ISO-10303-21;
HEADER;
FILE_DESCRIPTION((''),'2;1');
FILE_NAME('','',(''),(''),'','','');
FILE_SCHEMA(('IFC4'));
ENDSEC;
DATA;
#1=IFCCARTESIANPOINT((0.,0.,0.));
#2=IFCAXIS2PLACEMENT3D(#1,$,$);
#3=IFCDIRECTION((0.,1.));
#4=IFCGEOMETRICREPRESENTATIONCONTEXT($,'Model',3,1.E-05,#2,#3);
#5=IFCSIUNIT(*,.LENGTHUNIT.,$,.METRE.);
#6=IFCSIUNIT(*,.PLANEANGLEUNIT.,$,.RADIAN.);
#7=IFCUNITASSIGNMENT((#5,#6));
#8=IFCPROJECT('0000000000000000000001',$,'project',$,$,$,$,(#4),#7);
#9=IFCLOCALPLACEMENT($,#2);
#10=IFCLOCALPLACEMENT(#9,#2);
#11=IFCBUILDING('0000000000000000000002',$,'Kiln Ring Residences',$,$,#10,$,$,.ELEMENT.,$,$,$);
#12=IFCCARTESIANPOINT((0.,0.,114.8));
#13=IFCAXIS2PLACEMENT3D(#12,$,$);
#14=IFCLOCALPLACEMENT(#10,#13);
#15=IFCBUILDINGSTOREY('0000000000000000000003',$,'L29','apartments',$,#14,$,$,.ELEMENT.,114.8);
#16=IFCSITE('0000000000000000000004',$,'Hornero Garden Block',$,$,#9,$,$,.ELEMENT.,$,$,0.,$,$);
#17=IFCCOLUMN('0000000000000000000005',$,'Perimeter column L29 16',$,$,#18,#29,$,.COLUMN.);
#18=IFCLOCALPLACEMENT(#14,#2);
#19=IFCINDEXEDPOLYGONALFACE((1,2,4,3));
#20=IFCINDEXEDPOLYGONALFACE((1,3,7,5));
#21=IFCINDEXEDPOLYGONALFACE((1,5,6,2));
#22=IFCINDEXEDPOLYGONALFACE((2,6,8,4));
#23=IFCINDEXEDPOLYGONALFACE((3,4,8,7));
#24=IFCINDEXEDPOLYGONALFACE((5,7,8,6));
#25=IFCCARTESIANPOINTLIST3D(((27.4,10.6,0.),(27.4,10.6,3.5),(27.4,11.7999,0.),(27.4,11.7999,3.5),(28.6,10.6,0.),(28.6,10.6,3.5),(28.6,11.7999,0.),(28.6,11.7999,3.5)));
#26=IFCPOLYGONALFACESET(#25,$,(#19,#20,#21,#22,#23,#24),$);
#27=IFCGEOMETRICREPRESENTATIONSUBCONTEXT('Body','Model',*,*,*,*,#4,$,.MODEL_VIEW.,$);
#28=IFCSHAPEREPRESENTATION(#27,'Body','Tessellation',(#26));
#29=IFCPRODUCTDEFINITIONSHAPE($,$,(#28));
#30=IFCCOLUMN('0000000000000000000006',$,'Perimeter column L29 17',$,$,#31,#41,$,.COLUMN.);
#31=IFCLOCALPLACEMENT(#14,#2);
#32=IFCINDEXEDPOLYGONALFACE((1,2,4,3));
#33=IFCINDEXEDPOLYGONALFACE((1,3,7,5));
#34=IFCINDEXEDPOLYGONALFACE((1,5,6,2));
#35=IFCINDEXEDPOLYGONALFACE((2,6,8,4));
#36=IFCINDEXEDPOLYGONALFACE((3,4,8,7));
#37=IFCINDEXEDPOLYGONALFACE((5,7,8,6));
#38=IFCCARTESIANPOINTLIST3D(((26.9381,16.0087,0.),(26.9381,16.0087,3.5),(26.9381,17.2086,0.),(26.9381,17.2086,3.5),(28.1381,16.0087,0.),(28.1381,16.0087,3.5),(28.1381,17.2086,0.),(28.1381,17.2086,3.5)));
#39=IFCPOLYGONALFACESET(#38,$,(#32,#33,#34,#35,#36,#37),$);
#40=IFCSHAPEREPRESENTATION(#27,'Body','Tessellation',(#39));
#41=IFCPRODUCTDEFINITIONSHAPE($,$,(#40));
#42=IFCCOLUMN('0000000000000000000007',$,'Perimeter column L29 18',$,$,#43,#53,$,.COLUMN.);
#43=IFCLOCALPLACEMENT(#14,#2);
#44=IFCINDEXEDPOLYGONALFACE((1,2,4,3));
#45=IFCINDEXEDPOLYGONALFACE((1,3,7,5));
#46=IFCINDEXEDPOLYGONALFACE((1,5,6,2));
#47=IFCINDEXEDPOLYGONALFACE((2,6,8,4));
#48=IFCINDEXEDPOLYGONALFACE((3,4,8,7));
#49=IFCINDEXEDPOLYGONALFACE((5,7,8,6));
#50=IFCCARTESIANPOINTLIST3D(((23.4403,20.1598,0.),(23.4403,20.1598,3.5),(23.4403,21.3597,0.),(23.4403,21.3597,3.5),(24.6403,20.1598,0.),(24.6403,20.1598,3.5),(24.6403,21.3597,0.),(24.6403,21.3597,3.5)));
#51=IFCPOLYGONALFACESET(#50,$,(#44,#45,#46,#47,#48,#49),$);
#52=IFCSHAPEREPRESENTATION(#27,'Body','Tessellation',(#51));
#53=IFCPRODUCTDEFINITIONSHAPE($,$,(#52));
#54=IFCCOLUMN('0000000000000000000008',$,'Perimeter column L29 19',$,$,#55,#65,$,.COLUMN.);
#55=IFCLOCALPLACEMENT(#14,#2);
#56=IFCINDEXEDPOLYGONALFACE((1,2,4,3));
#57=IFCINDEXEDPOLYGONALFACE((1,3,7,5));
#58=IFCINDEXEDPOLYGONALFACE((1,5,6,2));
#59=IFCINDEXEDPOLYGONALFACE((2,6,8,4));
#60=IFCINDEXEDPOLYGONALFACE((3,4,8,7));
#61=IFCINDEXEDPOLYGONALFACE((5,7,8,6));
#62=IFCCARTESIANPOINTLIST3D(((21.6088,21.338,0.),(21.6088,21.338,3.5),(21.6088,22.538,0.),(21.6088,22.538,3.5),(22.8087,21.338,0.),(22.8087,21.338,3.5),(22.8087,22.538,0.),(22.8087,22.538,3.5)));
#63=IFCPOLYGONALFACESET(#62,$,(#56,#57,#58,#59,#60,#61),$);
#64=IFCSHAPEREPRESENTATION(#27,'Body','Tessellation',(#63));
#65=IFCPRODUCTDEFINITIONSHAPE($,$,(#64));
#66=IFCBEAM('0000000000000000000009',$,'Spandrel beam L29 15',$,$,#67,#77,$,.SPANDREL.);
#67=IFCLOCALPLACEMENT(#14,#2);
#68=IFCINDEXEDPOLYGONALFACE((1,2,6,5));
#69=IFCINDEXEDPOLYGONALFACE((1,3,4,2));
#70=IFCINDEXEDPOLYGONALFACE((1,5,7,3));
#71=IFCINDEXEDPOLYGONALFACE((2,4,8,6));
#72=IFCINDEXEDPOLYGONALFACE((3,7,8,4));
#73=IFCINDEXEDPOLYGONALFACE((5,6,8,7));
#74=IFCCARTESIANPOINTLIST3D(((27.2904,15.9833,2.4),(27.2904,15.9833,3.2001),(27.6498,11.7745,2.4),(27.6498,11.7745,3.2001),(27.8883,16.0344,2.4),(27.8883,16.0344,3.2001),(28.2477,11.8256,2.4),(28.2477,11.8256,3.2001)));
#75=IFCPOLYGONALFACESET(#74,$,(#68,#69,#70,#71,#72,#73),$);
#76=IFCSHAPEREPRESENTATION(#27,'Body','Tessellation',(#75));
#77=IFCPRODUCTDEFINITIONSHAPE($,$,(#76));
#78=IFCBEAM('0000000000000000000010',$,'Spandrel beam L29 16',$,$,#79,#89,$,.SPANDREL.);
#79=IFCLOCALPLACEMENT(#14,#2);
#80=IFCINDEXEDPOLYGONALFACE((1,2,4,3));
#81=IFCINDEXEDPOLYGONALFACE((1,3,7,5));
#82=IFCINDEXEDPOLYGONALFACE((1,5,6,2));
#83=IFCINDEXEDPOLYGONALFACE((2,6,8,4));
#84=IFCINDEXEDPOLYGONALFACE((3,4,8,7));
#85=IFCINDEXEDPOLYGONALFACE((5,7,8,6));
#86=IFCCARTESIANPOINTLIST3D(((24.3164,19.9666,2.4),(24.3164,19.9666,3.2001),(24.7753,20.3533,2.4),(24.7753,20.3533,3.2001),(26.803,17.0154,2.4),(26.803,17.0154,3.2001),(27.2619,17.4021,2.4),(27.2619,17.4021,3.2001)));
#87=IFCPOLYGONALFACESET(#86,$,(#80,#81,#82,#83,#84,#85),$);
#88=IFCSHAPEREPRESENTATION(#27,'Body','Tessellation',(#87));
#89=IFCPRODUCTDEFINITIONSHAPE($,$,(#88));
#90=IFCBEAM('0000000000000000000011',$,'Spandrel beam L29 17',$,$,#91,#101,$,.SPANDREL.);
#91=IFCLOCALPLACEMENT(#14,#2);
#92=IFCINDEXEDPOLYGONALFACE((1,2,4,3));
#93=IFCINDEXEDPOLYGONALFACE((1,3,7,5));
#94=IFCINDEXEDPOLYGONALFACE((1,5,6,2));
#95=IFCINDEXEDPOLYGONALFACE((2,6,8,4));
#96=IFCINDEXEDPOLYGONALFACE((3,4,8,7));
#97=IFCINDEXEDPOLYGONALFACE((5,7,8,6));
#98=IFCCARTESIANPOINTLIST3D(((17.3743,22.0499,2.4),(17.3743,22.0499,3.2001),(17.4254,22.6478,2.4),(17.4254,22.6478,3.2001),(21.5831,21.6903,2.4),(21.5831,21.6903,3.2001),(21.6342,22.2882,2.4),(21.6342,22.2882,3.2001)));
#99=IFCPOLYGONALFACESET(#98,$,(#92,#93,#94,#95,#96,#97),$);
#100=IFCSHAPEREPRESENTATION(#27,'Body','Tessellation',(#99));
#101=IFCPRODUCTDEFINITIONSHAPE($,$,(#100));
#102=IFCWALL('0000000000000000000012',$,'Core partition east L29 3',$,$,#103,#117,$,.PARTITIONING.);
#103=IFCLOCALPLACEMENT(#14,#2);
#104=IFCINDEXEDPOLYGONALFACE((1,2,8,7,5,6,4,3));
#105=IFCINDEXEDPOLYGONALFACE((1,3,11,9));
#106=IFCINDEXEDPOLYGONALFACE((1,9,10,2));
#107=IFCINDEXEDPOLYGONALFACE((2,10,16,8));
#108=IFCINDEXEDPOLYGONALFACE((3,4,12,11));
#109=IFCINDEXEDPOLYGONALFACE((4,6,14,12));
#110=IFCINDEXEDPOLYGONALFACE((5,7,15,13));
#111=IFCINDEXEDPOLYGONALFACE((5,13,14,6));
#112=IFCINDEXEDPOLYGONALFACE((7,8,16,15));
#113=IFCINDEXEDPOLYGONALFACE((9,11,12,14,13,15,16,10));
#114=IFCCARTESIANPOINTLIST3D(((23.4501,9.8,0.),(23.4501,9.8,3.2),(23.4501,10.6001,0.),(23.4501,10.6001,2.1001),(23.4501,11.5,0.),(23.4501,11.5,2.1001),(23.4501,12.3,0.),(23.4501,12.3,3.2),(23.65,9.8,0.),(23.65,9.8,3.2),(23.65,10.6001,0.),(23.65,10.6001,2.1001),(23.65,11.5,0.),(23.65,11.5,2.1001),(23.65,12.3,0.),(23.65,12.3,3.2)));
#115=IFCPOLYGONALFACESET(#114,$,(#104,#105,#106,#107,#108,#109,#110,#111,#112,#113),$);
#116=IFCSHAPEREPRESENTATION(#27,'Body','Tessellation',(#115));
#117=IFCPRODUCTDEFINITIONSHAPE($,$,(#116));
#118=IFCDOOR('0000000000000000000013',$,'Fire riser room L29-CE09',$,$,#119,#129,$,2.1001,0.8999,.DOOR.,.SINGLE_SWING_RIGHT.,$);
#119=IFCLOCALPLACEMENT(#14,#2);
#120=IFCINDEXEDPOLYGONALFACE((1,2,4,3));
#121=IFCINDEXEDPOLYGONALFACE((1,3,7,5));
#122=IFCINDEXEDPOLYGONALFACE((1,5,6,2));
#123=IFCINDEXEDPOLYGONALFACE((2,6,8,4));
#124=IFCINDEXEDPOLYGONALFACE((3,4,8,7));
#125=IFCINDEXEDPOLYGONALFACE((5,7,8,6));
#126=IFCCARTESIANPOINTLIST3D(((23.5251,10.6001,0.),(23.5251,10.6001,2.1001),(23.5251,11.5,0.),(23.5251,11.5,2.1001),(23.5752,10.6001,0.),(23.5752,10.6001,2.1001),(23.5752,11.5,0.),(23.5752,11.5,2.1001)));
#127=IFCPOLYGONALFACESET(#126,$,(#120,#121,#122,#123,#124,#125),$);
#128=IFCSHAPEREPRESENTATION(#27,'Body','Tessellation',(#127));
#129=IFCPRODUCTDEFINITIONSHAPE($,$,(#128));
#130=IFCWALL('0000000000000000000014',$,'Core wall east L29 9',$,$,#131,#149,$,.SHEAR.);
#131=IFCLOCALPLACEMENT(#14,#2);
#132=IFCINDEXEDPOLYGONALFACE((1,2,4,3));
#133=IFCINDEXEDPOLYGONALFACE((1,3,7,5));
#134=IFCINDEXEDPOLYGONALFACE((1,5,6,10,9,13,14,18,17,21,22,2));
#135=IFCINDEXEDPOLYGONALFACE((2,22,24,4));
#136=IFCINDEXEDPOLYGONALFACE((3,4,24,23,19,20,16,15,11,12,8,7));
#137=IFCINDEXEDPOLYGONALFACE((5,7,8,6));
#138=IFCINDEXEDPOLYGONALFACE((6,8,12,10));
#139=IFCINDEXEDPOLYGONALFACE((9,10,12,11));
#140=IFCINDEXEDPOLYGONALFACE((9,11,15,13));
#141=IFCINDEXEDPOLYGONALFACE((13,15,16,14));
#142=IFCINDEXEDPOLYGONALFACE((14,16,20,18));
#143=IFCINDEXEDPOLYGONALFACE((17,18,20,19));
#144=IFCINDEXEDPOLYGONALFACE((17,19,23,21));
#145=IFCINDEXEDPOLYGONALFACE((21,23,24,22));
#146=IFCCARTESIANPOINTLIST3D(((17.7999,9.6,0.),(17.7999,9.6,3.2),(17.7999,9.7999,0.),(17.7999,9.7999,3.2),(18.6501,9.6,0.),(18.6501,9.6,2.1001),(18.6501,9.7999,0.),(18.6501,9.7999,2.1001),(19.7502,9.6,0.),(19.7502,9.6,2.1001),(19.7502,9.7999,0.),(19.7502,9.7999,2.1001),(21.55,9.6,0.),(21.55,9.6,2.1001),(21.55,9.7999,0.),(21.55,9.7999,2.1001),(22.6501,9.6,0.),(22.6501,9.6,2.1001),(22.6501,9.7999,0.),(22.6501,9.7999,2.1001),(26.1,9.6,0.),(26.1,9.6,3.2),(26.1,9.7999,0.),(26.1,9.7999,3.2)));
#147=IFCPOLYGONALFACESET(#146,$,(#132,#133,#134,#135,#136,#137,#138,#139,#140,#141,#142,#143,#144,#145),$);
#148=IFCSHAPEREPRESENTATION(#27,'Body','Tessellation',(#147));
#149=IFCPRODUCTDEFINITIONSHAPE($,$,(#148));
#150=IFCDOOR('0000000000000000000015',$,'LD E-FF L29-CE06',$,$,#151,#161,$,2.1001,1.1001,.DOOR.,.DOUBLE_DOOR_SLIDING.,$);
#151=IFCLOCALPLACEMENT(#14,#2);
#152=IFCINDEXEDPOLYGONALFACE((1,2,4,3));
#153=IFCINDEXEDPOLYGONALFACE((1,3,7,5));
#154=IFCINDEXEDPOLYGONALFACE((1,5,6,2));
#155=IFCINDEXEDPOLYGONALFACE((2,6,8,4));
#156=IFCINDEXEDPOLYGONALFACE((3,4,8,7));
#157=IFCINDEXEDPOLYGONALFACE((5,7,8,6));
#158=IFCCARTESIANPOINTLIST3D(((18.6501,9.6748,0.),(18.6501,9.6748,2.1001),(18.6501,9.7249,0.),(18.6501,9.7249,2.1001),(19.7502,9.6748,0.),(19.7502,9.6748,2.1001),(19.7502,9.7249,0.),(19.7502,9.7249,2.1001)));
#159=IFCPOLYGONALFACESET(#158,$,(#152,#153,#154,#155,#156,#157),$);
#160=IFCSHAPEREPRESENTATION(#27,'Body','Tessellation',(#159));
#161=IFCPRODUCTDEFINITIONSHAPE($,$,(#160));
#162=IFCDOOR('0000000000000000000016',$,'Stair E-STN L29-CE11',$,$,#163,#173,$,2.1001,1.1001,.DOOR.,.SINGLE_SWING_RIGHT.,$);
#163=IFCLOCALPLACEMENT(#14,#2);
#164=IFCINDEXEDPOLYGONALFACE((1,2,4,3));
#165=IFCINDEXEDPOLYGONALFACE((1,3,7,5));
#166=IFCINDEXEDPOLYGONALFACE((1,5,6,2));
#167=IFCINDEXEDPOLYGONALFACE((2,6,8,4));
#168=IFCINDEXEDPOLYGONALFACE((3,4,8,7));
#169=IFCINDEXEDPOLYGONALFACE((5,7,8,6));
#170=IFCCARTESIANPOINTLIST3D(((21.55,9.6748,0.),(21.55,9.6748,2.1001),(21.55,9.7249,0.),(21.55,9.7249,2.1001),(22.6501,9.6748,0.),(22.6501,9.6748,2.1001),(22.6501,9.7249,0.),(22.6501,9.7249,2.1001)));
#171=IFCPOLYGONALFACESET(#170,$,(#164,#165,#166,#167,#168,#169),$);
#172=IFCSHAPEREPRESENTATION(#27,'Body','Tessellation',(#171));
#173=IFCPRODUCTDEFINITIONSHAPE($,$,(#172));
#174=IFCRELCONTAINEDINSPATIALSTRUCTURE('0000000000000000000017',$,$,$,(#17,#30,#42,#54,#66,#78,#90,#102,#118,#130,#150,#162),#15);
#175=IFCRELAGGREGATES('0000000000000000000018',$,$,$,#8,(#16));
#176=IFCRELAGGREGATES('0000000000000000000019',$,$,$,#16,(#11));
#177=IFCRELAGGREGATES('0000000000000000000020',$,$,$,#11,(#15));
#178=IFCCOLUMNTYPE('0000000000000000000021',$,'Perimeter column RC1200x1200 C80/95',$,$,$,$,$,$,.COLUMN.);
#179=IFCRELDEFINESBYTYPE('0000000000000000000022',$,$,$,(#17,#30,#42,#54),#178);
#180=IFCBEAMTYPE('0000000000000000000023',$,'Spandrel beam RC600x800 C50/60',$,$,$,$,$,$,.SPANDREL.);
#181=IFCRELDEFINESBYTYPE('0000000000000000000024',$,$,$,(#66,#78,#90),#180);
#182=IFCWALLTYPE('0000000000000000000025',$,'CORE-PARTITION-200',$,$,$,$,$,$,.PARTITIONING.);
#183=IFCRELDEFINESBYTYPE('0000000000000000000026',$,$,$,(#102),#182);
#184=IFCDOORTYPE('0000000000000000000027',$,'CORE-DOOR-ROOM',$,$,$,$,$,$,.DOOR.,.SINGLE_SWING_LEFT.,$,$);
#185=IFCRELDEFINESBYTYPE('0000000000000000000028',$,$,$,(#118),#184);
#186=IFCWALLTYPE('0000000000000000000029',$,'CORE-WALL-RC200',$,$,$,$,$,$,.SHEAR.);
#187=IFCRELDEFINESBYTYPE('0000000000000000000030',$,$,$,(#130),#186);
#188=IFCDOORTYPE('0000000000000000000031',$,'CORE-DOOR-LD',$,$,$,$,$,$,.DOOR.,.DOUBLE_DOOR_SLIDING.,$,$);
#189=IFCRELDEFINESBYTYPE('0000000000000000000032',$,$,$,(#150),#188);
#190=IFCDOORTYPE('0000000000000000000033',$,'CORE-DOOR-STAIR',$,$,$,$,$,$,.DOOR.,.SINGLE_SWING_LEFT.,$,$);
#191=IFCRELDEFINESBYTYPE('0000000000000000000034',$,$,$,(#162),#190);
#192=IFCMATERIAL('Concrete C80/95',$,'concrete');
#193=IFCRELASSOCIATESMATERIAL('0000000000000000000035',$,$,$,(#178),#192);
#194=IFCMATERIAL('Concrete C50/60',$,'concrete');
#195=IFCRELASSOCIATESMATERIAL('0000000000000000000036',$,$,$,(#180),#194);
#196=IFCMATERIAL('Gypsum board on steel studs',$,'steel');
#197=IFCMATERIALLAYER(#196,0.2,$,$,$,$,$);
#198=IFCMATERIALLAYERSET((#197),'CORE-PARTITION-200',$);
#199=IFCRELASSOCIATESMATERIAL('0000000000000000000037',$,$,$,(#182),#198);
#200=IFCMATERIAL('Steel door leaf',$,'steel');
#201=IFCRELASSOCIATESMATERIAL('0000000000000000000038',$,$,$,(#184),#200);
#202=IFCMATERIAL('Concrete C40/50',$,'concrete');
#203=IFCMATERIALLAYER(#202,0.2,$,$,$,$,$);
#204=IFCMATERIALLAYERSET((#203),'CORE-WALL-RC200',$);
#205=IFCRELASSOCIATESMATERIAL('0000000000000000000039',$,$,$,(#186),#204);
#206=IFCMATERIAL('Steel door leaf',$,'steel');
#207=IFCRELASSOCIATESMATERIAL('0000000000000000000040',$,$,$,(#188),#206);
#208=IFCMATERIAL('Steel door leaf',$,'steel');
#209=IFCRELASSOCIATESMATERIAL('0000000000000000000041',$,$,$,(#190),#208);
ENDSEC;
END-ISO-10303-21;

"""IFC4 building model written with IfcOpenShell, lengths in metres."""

from ifc_helpers import new_model, si_unit, direction, frame, frame_2d, origin, origin_2d, place, context, subcontext, project, spatial, rectangle, extrude, material, layer, layer_set, material_profile, profile_set, type_object, element, fill, save


model = new_model("IFC4")

# Units and contexts
model_context = context("Model", 3, precision=1e-05, world=origin(), true_north=direction((0.0, 1.0)))
body_context = subcontext(model_context, "Body", "Model", "MODEL_VIEW")
ifc_project = project(units=[si_unit("LENGTHUNIT", "METRE"), si_unit("PLANEANGLEUNIT", "RADIAN")], contexts=[model_context])

# Site, building, storey
site_placement = place(None, origin())
site = spatial("IfcSite", under=ifc_project, at=site_placement, Name="Hornero Garden Block", CompositionType="ELEMENT", RefElevation=0.0)
building_placement = place(site_placement, origin())
building = spatial("IfcBuilding", under=site, at=building_placement, Name="Kiln Ring Residences", CompositionType="ELEMENT")
storey_placement = place(building_placement, frame((0.0, 0.0, 114.8)))
storey = spatial("IfcBuildingStorey", under=building, at=storey_placement, Name="L29", Description="apartments", CompositionType="ELEMENT", Elevation=114.8)

# Columns
ifc_material_1 = material(Name="Concrete C80/95", Category="concrete")
ifc_material_profile_1 = material_profile(ifc_material_1, rectangle(XDim=1.2, YDim=1.2, at=origin_2d()), Name="RC1200x1200")
ifc_profile_set_1 = profile_set([ifc_material_profile_1], Name="Concrete C80/95")
column_type = type_object("IfcColumnType", Name="Perimeter column RC1200x1200 C80/95", PredefinedType="COLUMN", material=ifc_profile_set_1)
for number, where, z_axis, x_axis, name in (
    (1, (28.0, 11.2, 0.0), (0.0, 0.0, 1.0), (1.0, 0.0, 0.0), "Perimeter column L29 16"),
    (2, (27.5381, 16.6086, 0.0), (0.0, 0.0, 1.0), (1.0, 0.0, 0.0), "Perimeter column L29 17"),
    (3, (24.0403, 20.7598, 0.0), (0.0, 0.0, 1.0), (1.0, 0.0, 0.0), "Perimeter column L29 18"),
    (4, (22.2087, 21.938, 0.0), (0.0, 0.0, 1.0), (1.0, 0.0, 0.0), "Perimeter column L29 19"),
):
    element("IfcColumn", number, at=place(storey_placement, frame(where, z_axis=z_axis, x_axis=x_axis)), inside=storey, type_object=column_type, Name=name, PredefinedType="COLUMN", context=body_context, shape_type="SweptSolid", body=[
        extrude(rectangle(XDim=1.2, YDim=1.2, at=origin_2d()), origin(), (0.0, 0.0, 1.0), 3.5),
    ])

# Beams
ifc_material_2 = material(Name="Concrete C50/60", Category="concrete")
ifc_material_profile_2 = material_profile(ifc_material_2, rectangle(XDim=0.6001, YDim=0.8, at=origin_2d()), Name="RC600x800")
ifc_profile_set_2 = profile_set([ifc_material_profile_2], Name="Concrete C50/60")
beam_type = type_object("IfcBeamType", Name="Spandrel beam RC600x800 C50/60", PredefinedType="SPANDREL", material=ifc_profile_set_2)
beam_1_placement = place(storey_placement, frame((27.9487, 11.8, 2.8), z_axis=(-0.085078, 0.996374, 0.0), x_axis=(-0.996374, -0.085078, 0.0)))
element("IfcBeam", 5, at=beam_1_placement, inside=storey, type_object=beam_type, Name="Spandrel beam L29 15", PredefinedType="SPANDREL", context=body_context, shape_type="SweptSolid", body=[
    extrude(rectangle(XDim=0.6001, YDim=0.8, at=origin_2d()), origin(), (0.0, 0.0, 1.0), 4.2241),
])
beam_2_placement = place(storey_placement, frame((27.0325, 17.2087, 2.8), z_axis=(-0.644344, 0.764736, 0.0), x_axis=(-0.764736, -0.644344, 0.0)))
element("IfcBeam", 6, at=beam_2_placement, inside=storey, type_object=beam_type, Name="Spandrel beam L29 16", PredefinedType="SPANDREL", context=body_context, shape_type="SweptSolid", body=[
    extrude(rectangle(XDim=0.6001, YDim=0.8, at=origin_2d()), origin(), (0.0, 0.0, 1.0), 3.8591),
])
beam_3_placement = place(storey_placement, frame((21.6086, 21.9893, 2.8), z_axis=(-0.996369, 0.085136, 0.0), x_axis=(-0.085136, -0.996369, 0.0)))
element("IfcBeam", 7, at=beam_3_placement, inside=storey, type_object=beam_type, Name="Spandrel beam L29 17", PredefinedType="SPANDREL", context=body_context, shape_type="SweptSolid", body=[
    extrude(rectangle(XDim=0.6001, YDim=0.8, at=origin_2d()), origin(), (0.0, 0.0, 1.0), 4.2241),
])

# Wall, opening, door
ifc_material_3 = material(Name="Gypsum board on steel studs", Category="steel")
ifc_layer_1 = layer(ifc_material_3, 0.2)
ifc_layer_set_1 = layer_set([ifc_layer_1], Name="CORE-PARTITION-200")
wall_type_1 = type_object("IfcWallType", Name="CORE-PARTITION-200", PredefinedType="PARTITIONING", material=ifc_layer_set_1)
wall_1_placement = place(storey_placement, frame((23.55, 9.8, 0.0), z_axis=(0.0, 0.0, 1.0), x_axis=(0.0, 1.0, 0.0)))
wall_1 = element("IfcWall", 8, at=wall_1_placement, inside=storey, type_object=wall_type_1, Name="Core partition east L29 3", PredefinedType="PARTITIONING", context=body_context, shape_type="SweptSolid", body=[
    extrude(rectangle(XDim=2.5, YDim=0.2, at=frame_2d((1.25, 0.0))), origin(), (0.0, 0.0, 1.0), 3.2),
])
opening_1_placement = place(wall_1_placement, frame((0.8, 0.0, 0.0)))
opening_1 = element("IfcOpeningElement", 9, at=opening_1_placement, cuts=wall_1, PredefinedType="OPENING", context=body_context, shape_type="SweptSolid", body=[
    extrude(rectangle(XDim=0.8999, YDim=2.1001, at=frame_2d((0.45, 1.05))), frame((0.0, 0.1099, 0.0), z_axis=(0.0, -1.0, 0.0), x_axis=(1.0, 0.0, 0.0)), (0.0, 0.0, 1.0), 0.22),
])
ifc_material_4 = material(Name="Steel door leaf", Category="steel")
door_type_1 = type_object("IfcDoorType", Name="CORE-DOOR-ROOM", OperationType="SINGLE_SWING_LEFT", PredefinedType="DOOR", material=ifc_material_4)
door_1_placement = place(opening_1_placement, origin())
door_1 = element("IfcDoor", 10, at=door_1_placement, inside=storey, type_object=door_type_1, Name="Fire riser room L29-CE09", OperationType="SINGLE_SWING_RIGHT", OverallHeight=2.1001, OverallWidth=0.8999, PredefinedType="DOOR", context=body_context, shape_type="SweptSolid", body=[
    extrude(rectangle(XDim=0.8999, YDim=2.1001, at=frame_2d((0.45, 1.05))), frame((0.0, 0.0249, 0.0), z_axis=(0.0, -1.0, 0.0), x_axis=(1.0, 0.0, 0.0)), (0.0, 0.0, 1.0), 0.05),
])
fill(opening_1, door_1)

# Wall, openings, doors
ifc_material_5 = material(Name="Concrete C40/50", Category="concrete")
ifc_layer_2 = layer(ifc_material_5, 0.2)
ifc_layer_set_2 = layer_set([ifc_layer_2], Name="CORE-WALL-RC200")
wall_type_2 = type_object("IfcWallType", Name="CORE-WALL-RC200", PredefinedType="SHEAR", material=ifc_layer_set_2)
wall_2_placement = place(storey_placement, frame((17.8, 9.7, 0.0), z_axis=(0.0, 0.0, 1.0), x_axis=(1.0, 0.0, 0.0)))
wall_2 = element("IfcWall", 11, at=wall_2_placement, inside=storey, type_object=wall_type_2, Name="Core wall east L29 9", PredefinedType="SHEAR", context=body_context, shape_type="SweptSolid", body=[
    extrude(rectangle(XDim=8.3, YDim=0.2, at=frame_2d((4.1499, 0.0))), origin(), (0.0, 0.0, 1.0), 3.2),
])
opening_2_placement = place(wall_2_placement, frame((0.8501, 0.0, 0.0)))
opening_2 = element("IfcOpeningElement", 12, at=opening_2_placement, cuts=wall_2, PredefinedType="OPENING", context=body_context, shape_type="SweptSolid", body=[
    extrude(rectangle(XDim=1.1001, YDim=2.1001, at=frame_2d((0.55, 1.05))), frame((0.0, 0.1099, 0.0), z_axis=(0.0, -1.0, 0.0), x_axis=(1.0, 0.0, 0.0)), (0.0, 0.0, 1.0), 0.22),
])
opening_3_placement = place(wall_2_placement, frame((3.75, 0.0, 0.0)))
opening_3 = element("IfcOpeningElement", 13, at=opening_3_placement, cuts=wall_2, PredefinedType="OPENING", context=body_context, shape_type="SweptSolid", body=[
    extrude(rectangle(XDim=1.1001, YDim=2.1001, at=frame_2d((0.55, 1.05))), frame((0.0, 0.1099, 0.0), z_axis=(0.0, -1.0, 0.0), x_axis=(1.0, 0.0, 0.0)), (0.0, 0.0, 1.0), 0.22),
])
ifc_material_6 = material(Name="Steel door leaf", Category="steel")
door_type_2 = type_object("IfcDoorType", Name="CORE-DOOR-LD", OperationType="DOUBLE_DOOR_SLIDING", PredefinedType="DOOR", material=ifc_material_6)
door_2_placement = place(opening_2_placement, origin())
door_2 = element("IfcDoor", 14, at=door_2_placement, inside=storey, type_object=door_type_2, Name="LD E-FF L29-CE06", OperationType="DOUBLE_DOOR_SLIDING", OverallHeight=2.1001, OverallWidth=1.1001, PredefinedType="DOOR", context=body_context, shape_type="SweptSolid", body=[
    extrude(rectangle(XDim=1.1001, YDim=2.1001, at=frame_2d((0.55, 1.05))), frame((0.0, 0.0249, 0.0), z_axis=(0.0, -1.0, 0.0), x_axis=(1.0, 0.0, 0.0)), (0.0, 0.0, 1.0), 0.05),
])
fill(opening_2, door_2)
ifc_material_7 = material(Name="Steel door leaf", Category="steel")
door_type_3 = type_object("IfcDoorType", Name="CORE-DOOR-STAIR", OperationType="SINGLE_SWING_LEFT", PredefinedType="DOOR", material=ifc_material_7)
door_3_placement = place(opening_3_placement, origin())
door_3 = element("IfcDoor", 15, at=door_3_placement, inside=storey, type_object=door_type_3, Name="Stair E-STN L29-CE11", OperationType="SINGLE_SWING_RIGHT", OverallHeight=2.1001, OverallWidth=1.1001, PredefinedType="DOOR", context=body_context, shape_type="SweptSolid", body=[
    extrude(rectangle(XDim=1.1001, YDim=2.1001, at=frame_2d((0.55, 1.05))), frame((0.0, 0.0249, 0.0), z_axis=(0.0, -1.0, 0.0), x_axis=(1.0, 0.0, 0.0)), (0.0, 0.0, 1.0), 0.05),
])
fill(opening_3, door_3)

save(model, "model.ifc")
